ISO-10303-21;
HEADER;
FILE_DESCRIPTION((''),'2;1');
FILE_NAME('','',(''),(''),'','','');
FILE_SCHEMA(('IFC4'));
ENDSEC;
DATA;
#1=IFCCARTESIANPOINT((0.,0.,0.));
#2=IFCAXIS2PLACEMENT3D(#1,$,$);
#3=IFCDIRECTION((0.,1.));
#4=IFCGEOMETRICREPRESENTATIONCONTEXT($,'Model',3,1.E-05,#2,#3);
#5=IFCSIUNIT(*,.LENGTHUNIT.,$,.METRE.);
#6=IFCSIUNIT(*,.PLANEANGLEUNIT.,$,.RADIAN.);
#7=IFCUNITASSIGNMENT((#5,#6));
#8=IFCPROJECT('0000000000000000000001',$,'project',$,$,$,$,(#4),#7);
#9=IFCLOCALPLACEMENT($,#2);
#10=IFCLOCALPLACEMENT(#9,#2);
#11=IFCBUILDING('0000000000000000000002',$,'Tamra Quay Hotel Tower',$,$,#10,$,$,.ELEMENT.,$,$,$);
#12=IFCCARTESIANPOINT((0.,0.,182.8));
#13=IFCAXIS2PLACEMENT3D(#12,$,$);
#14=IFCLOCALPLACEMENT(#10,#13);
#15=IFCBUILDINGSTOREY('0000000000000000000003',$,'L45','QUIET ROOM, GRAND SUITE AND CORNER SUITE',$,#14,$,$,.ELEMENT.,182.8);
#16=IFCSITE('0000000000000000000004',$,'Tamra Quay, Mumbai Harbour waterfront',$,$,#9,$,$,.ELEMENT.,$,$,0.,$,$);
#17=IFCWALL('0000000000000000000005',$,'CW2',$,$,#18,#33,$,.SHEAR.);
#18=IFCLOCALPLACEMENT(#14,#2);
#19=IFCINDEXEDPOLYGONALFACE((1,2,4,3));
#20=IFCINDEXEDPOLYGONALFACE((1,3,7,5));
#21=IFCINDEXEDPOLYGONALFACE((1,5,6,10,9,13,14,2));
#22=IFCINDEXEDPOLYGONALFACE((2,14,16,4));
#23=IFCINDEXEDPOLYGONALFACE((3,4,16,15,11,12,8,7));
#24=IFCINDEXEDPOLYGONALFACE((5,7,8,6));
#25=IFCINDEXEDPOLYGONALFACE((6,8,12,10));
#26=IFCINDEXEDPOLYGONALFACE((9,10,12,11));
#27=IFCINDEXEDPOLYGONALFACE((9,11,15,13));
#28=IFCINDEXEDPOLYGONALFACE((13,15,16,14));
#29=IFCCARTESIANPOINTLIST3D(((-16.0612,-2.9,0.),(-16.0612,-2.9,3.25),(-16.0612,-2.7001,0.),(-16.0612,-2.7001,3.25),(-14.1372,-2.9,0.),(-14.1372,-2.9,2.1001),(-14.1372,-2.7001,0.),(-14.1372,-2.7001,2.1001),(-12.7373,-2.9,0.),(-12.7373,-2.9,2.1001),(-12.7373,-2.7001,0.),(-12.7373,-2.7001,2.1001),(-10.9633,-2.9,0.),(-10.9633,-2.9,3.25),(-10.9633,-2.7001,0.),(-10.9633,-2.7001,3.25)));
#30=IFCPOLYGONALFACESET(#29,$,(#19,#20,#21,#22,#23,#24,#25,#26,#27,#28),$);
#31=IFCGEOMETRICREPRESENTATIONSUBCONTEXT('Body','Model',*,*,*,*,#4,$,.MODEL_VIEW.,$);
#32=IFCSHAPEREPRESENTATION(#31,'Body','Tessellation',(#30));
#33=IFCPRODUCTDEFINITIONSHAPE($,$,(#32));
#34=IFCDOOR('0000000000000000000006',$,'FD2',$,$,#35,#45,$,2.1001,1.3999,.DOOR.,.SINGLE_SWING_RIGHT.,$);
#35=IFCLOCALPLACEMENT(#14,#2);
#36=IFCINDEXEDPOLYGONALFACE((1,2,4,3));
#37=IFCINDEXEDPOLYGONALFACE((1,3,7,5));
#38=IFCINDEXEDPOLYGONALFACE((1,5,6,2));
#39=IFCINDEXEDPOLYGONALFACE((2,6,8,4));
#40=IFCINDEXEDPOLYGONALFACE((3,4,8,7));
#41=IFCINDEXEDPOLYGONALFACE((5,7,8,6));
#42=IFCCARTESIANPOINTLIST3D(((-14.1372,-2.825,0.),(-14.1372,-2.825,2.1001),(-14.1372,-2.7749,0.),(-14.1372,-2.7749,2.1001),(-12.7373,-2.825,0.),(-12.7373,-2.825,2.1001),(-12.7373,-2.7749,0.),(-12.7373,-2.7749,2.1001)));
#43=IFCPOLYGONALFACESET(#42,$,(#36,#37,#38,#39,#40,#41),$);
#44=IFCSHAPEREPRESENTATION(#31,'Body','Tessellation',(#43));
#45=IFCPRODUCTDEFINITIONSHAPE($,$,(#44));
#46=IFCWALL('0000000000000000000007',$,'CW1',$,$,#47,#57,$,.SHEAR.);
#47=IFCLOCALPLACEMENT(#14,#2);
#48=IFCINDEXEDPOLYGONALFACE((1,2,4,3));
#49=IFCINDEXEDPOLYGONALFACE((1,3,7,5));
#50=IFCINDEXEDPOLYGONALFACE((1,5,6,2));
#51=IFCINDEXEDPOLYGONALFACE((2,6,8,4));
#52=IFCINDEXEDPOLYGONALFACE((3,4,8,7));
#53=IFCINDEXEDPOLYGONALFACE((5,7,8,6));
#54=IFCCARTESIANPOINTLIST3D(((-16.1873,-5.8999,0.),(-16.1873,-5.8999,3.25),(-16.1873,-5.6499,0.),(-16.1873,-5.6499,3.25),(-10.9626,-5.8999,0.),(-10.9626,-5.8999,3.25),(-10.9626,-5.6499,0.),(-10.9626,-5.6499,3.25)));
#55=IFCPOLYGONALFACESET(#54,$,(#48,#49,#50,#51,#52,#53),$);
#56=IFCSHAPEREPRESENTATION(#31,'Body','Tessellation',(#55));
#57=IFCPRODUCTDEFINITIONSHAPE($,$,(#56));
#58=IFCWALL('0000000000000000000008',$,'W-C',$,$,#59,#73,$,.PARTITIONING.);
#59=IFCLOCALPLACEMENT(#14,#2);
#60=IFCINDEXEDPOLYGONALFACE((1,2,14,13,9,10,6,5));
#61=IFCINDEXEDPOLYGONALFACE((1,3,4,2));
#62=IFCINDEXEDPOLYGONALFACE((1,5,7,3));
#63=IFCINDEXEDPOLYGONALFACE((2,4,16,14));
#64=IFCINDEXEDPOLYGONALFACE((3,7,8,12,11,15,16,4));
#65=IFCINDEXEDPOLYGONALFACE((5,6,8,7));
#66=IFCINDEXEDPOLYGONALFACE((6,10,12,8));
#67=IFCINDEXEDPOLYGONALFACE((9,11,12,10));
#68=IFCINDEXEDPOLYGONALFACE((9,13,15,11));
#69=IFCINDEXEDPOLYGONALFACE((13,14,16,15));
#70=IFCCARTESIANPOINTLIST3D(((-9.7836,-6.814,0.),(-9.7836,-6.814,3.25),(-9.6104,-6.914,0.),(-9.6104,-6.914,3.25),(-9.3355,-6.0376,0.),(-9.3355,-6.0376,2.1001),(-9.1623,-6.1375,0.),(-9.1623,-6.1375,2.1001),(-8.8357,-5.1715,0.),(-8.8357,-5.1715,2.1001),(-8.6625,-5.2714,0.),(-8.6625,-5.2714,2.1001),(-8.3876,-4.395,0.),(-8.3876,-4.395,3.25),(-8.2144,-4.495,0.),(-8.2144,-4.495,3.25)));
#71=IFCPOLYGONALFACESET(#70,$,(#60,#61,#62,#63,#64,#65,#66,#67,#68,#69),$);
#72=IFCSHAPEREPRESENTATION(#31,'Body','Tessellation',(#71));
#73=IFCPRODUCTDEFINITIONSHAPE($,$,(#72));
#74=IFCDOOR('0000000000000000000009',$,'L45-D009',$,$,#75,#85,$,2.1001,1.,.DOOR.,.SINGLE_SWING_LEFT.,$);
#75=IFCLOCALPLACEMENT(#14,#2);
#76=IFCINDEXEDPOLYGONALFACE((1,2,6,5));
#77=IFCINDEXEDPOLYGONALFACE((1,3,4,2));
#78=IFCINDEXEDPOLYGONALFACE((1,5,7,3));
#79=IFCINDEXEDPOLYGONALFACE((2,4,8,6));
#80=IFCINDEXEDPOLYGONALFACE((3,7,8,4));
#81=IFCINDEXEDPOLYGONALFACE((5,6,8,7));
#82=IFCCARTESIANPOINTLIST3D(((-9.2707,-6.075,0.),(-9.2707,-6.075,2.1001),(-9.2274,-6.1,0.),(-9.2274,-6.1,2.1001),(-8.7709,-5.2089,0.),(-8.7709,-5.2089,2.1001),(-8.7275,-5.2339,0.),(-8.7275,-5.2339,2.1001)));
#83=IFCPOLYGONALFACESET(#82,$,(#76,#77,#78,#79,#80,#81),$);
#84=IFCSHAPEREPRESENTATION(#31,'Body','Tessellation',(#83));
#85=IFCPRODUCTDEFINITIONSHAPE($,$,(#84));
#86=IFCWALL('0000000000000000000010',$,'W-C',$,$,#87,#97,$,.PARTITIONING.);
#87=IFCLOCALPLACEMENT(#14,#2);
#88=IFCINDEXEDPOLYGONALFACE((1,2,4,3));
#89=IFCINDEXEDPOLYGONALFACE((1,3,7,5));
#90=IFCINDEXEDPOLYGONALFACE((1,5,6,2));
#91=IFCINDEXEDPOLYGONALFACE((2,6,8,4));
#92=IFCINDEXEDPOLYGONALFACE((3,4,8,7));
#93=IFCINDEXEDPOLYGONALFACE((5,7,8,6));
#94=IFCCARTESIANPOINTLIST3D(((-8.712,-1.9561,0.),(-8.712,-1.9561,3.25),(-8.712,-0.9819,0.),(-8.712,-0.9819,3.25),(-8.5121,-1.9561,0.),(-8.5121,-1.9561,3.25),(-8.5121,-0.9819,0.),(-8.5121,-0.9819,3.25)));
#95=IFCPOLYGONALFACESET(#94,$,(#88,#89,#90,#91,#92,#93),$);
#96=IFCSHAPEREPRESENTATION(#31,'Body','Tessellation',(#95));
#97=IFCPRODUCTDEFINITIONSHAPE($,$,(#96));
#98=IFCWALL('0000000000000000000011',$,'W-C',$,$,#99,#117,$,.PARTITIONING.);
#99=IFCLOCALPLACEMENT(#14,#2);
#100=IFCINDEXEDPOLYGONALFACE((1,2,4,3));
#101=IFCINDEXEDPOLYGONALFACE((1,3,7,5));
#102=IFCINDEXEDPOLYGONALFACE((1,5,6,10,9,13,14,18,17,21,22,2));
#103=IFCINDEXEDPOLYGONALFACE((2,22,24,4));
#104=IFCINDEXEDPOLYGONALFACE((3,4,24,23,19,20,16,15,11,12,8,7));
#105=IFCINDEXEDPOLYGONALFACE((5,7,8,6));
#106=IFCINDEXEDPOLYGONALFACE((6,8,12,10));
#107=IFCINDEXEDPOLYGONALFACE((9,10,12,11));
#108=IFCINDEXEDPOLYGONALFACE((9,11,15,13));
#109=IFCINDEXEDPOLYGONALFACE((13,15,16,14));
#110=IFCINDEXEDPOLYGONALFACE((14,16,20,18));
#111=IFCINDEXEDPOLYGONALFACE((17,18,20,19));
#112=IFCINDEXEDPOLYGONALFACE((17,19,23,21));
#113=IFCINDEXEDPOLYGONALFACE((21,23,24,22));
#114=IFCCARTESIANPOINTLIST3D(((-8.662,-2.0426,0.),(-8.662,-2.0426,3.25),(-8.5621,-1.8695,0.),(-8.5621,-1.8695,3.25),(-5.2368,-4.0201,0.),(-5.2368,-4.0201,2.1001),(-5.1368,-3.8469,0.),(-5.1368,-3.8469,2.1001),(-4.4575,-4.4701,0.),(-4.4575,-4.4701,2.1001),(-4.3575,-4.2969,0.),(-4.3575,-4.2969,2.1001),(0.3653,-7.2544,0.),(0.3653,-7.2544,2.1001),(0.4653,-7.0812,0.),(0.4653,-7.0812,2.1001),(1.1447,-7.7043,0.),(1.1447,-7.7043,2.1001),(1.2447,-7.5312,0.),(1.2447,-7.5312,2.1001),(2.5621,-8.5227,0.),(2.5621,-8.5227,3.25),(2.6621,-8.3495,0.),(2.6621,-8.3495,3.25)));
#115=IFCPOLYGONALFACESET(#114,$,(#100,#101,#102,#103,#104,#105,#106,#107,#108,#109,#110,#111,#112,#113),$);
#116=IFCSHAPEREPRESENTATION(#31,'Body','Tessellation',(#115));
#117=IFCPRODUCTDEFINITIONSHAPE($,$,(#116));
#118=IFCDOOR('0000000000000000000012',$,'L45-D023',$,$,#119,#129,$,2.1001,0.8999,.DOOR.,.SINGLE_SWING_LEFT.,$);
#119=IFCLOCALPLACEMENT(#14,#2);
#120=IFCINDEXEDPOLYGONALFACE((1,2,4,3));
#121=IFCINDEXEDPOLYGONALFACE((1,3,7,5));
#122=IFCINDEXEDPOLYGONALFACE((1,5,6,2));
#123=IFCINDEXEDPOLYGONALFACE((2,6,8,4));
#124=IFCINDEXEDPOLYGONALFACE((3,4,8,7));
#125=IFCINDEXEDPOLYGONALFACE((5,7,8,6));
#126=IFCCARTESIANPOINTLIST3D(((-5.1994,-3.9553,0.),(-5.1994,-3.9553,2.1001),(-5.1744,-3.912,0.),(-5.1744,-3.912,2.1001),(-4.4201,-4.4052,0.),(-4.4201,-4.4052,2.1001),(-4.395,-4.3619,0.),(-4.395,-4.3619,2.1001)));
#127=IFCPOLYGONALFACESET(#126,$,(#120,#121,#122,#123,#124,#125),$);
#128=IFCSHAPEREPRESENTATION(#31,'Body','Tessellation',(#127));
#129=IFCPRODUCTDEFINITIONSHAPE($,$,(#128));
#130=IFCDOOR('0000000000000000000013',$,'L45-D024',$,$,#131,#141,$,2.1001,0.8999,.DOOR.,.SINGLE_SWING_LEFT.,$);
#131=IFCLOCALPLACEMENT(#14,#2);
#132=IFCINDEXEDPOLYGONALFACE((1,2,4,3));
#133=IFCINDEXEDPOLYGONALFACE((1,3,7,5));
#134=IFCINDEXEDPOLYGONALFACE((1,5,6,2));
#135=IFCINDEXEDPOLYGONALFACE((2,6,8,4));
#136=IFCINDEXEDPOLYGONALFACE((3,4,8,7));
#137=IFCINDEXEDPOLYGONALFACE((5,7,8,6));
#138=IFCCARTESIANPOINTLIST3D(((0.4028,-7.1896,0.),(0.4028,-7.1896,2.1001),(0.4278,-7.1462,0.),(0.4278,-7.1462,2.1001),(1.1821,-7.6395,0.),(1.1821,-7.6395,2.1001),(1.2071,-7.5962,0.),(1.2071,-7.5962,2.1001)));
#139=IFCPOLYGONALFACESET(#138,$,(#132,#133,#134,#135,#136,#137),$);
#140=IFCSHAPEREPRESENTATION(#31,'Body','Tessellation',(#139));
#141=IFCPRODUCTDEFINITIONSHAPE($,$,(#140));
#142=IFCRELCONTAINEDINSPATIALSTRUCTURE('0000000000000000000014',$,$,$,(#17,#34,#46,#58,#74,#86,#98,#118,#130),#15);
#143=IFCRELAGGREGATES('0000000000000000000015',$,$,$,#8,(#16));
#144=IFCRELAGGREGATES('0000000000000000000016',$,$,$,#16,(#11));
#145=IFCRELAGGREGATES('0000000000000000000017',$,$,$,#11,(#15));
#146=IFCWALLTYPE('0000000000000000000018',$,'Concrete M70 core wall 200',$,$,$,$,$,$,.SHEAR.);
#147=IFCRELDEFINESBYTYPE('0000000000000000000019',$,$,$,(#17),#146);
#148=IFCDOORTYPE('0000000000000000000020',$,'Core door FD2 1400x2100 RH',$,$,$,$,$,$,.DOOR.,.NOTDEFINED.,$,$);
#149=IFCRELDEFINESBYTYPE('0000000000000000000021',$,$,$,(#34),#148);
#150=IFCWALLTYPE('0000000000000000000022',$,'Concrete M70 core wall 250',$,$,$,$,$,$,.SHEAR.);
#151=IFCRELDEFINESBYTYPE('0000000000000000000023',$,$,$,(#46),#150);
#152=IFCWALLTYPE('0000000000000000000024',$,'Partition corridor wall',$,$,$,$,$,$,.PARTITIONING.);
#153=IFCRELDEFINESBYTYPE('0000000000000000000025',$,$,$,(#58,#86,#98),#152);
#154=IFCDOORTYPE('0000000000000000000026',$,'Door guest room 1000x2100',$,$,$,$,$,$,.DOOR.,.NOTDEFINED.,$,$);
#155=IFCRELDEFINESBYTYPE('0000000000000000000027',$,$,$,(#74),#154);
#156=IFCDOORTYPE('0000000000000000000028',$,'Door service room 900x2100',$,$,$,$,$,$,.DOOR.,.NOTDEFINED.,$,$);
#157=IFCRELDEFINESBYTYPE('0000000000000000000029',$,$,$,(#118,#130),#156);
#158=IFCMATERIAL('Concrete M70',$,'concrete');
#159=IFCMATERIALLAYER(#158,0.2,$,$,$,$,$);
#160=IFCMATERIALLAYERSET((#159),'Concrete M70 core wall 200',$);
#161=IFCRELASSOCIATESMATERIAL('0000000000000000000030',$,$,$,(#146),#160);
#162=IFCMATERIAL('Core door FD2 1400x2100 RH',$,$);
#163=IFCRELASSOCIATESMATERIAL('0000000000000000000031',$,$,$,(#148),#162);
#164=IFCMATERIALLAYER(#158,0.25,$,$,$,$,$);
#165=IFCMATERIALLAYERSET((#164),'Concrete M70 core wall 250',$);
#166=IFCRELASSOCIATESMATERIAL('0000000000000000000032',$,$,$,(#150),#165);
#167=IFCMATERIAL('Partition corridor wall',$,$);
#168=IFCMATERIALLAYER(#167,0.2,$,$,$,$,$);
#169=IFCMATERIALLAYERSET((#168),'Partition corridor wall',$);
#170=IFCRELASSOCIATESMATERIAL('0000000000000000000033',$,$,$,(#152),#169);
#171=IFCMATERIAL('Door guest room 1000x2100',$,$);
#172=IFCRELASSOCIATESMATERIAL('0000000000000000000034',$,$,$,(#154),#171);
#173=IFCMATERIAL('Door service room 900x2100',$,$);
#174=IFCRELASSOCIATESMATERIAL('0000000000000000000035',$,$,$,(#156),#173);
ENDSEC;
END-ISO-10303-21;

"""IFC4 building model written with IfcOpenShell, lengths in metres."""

from ifc_helpers import new_model, si_unit, direction, frame, frame_2d, origin, place, context, subcontext, project, spatial, rectangle, extrude, material, layer, layer_set, type_object, element, fill, save


model = new_model("IFC4")

# Units and contexts
model_context = context("Model", 3, precision=1e-05, world=origin(), true_north=direction((0.0, 1.0)))
body_context = subcontext(model_context, "Body", "Model", "MODEL_VIEW")
ifc_project = project(units=[si_unit("LENGTHUNIT", "METRE"), si_unit("PLANEANGLEUNIT", "RADIAN")], contexts=[model_context])

# Site, building, storey
site_placement = place(None, origin())
site = spatial("IfcSite", under=ifc_project, at=site_placement, Name="Tamra Quay, Mumbai Harbour waterfront", CompositionType="ELEMENT", RefElevation=0.0)
building_placement = place(site_placement, origin())
building = spatial("IfcBuilding", under=site, at=building_placement, Name="Tamra Quay Hotel Tower", CompositionType="ELEMENT")
storey_placement = place(building_placement, frame((0.0, 0.0, 182.8)))
storey = spatial("IfcBuildingStorey", under=building, at=storey_placement, Name="L45", Description="QUIET ROOM, GRAND SUITE AND CORNER SUITE", CompositionType="ELEMENT", Elevation=182.8)

# Wall, opening, door
ifc_material_1 = material(Name="Concrete M70", Category="concrete")
ifc_layer_1 = layer(ifc_material_1, 0.2)
ifc_layer_set_1 = layer_set([ifc_layer_1], Name="Concrete M70 core wall 200")
wall_type_1 = type_object("IfcWallType", Name="Concrete M70 core wall 200", PredefinedType="SHEAR", material=ifc_layer_set_1)
wall_1_placement = place(storey_placement, frame((-10.9634, -2.8, 0.0), z_axis=(0.0, 0.0, 1.0), x_axis=(-1.0, 0.0, 0.0)))
wall_1 = element("IfcWall", 1, at=wall_1_placement, inside=storey, type_object=wall_type_1, Name="CW2", PredefinedType="SHEAR", context=body_context, shape_type="SweptSolid", body=[
    extrude(rectangle(XDim=5.0979, YDim=0.2, at=frame_2d((2.5488, 0.0))), origin(), (0.0, 0.0, 1.0), 3.25),
])
opening_1_placement = place(wall_1_placement, frame((1.7739, 0.0, 0.0)))
opening_1 = element("IfcOpeningElement", 2, at=opening_1_placement, cuts=wall_1, PredefinedType="OPENING", context=body_context, shape_type="SweptSolid", body=[
    extrude(rectangle(XDim=1.3999, YDim=2.1001, at=frame_2d((0.7, 1.05))), frame((0.0, 0.1099, 0.0), z_axis=(0.0, -1.0, 0.0), x_axis=(1.0, 0.0, 0.0)), (0.0, 0.0, 1.0), 0.22),
])
ifc_material_2 = material(Name="Core door FD2 1400x2100 RH")
door_type_1 = type_object("IfcDoorType", Name="Core door FD2 1400x2100 RH", OperationType="NOTDEFINED", PredefinedType="DOOR", material=ifc_material_2)
door_1_placement = place(opening_1_placement, origin())
door_1 = element("IfcDoor", 3, at=door_1_placement, inside=storey, type_object=door_type_1, Name="FD2", OperationType="SINGLE_SWING_RIGHT", OverallHeight=2.1001, OverallWidth=1.3999, PredefinedType="DOOR", context=body_context, shape_type="SweptSolid", body=[
    extrude(rectangle(XDim=1.3999, YDim=2.1001, at=frame_2d((0.7, 1.05))), frame((0.0, 0.0249, 0.0), z_axis=(0.0, -1.0, 0.0), x_axis=(1.0, 0.0, 0.0)), (0.0, 0.0, 1.0), 0.05),
])
fill(opening_1, door_1)

# Wall
ifc_layer_2 = layer(ifc_material_1, 0.25)
ifc_layer_set_2 = layer_set([ifc_layer_2], Name="Concrete M70 core wall 250")
wall_type_2 = type_object("IfcWallType", Name="Concrete M70 core wall 250", PredefinedType="SHEAR", material=ifc_layer_set_2)
wall_2_placement = place(storey_placement, frame((-10.9626, -5.7749, 0.0), z_axis=(0.0, 0.0, 1.0), x_axis=(-1.0, 0.0, 0.0)))
element("IfcWall", 4, at=wall_2_placement, inside=storey, type_object=wall_type_2, Name="CW1", PredefinedType="SHEAR", context=body_context, shape_type="SweptSolid", body=[
    extrude(rectangle(XDim=5.2246, YDim=0.25, at=frame_2d((2.6123, 0.0))), origin(), (0.0, 0.0, 1.0), 3.25),
])

# Wall, opening, door
ifc_material_3 = material(Name="Partition corridor wall")
ifc_layer_3 = layer(ifc_material_3, 0.2)
ifc_layer_set_3 = layer_set([ifc_layer_3], Name="Partition corridor wall")
wall_type_3 = type_object("IfcWallType", Name="Partition corridor wall", PredefinedType="PARTITIONING", material=ifc_layer_set_3)
wall_3_placement = place(storey_placement, frame((-9.697, -6.864, 0.0), z_axis=(0.0, 0.0, 1.0), x_axis=(0.499844, 0.866116, 0.0)))
wall_3 = element("IfcWall", 5, at=wall_3_placement, inside=storey, type_object=wall_type_3, Name="W-C", PredefinedType="PARTITIONING", context=body_context, shape_type="SweptSolid", body=[
    extrude(rectangle(XDim=2.793, YDim=0.2, at=frame_2d((1.3965, 0.0))), origin(), (0.0, 0.0, 1.0), 3.25),
])
opening_2_placement = place(wall_3_placement, frame((0.8965, 0.0, 0.0)))
opening_2 = element("IfcOpeningElement", 6, at=opening_2_placement, cuts=wall_3, PredefinedType="OPENING", context=body_context, shape_type="SweptSolid", body=[
    extrude(rectangle(XDim=1.0, YDim=2.1001, at=frame_2d((0.5, 1.05))), frame((0.0, 0.1099, 0.0), z_axis=(0.0, -1.0, 0.0), x_axis=(1.0, 0.0, 0.0)), (0.0, 0.0, 1.0), 0.22),
])
ifc_material_4 = material(Name="Door guest room 1000x2100")
door_type_2 = type_object("IfcDoorType", Name="Door guest room 1000x2100", OperationType="NOTDEFINED", PredefinedType="DOOR", material=ifc_material_4)
door_2_placement = place(opening_2_placement, frame((1.0, 0.0, 0.0), z_axis=(0.0, 0.0, 1.0), x_axis=(-1.0, 0.0, 0.0)))
door_2 = element("IfcDoor", 7, at=door_2_placement, inside=storey, type_object=door_type_2, Name="L45-D009", OperationType="SINGLE_SWING_LEFT", OverallHeight=2.1001, OverallWidth=1.0, PredefinedType="DOOR", context=body_context, shape_type="SweptSolid", body=[
    extrude(rectangle(XDim=1.0, YDim=2.1001, at=frame_2d((0.5, 1.05))), frame((0.0, 0.0249, 0.0), z_axis=(0.0, -1.0, 0.0), x_axis=(1.0, 0.0, 0.0)), (0.0, 0.0, 1.0), 0.05),
])
fill(opening_2, door_2)

# Wall
wall_4_placement = place(storey_placement, frame((-8.6121, -1.9561, 0.0), z_axis=(0.0, 0.0, 1.0), x_axis=(0.0, 1.0, 0.0)))
element("IfcWall", 8, at=wall_4_placement, inside=storey, type_object=wall_type_3, Name="W-C", PredefinedType="PARTITIONING", context=body_context, shape_type="SweptSolid", body=[
    extrude(rectangle(XDim=0.9741, YDim=0.2, at=frame_2d((0.4871, 0.0))), origin(), (0.0, 0.0, 1.0), 3.25),
])

# Wall, openings, doors
wall_5_placement = place(storey_placement, frame((-8.6121, -1.9561, 0.0), z_axis=(0.0, 0.0, 1.0), x_axis=(0.866034, -0.499984, 0.0)))
wall_5 = element("IfcWall", 9, at=wall_5_placement, inside=storey, type_object=wall_type_3, Name="W-C", PredefinedType="PARTITIONING", context=body_context, shape_type="SweptSolid", body=[
    extrude(rectangle(XDim=12.9604, YDim=0.2, at=frame_2d((6.4802, 0.0))), origin(), (0.0, 0.0, 1.0), 3.25),
])
opening_3_placement = place(wall_5_placement, frame((3.9551, 0.0, 0.0)))
opening_3 = element("IfcOpeningElement", 10, at=opening_3_placement, cuts=wall_5, PredefinedType="OPENING", context=body_context, shape_type="SweptSolid", body=[
    extrude(rectangle(XDim=0.8999, YDim=2.1001, at=frame_2d((0.45, 1.05))), frame((0.0, 0.1099, 0.0), z_axis=(0.0, -1.0, 0.0), x_axis=(1.0, 0.0, 0.0)), (0.0, 0.0, 1.0), 0.22),
])
opening_4_placement = place(wall_5_placement, frame((10.4238, 0.0, 0.0)))
opening_4 = element("IfcOpeningElement", 11, at=opening_4_placement, cuts=wall_5, PredefinedType="OPENING", context=body_context, shape_type="SweptSolid", body=[
    extrude(rectangle(XDim=0.8999, YDim=2.1001, at=frame_2d((0.45, 1.05))), frame((0.0, 0.1099, 0.0), z_axis=(0.0, -1.0, 0.0), x_axis=(1.0, 0.0, 0.0)), (0.0, 0.0, 1.0), 0.22),
])
ifc_material_5 = material(Name="Door service room 900x2100")
door_type_3 = type_object("IfcDoorType", Name="Door service room 900x2100", OperationType="NOTDEFINED", PredefinedType="DOOR", material=ifc_material_5)
door_3_placement = place(opening_3_placement, origin())
door_3 = element("IfcDoor", 12, at=door_3_placement, inside=storey, type_object=door_type_3, Name="L45-D023", OperationType="SINGLE_SWING_LEFT", OverallHeight=2.1001, OverallWidth=0.8999, PredefinedType="DOOR", context=body_context, shape_type="SweptSolid", body=[
    extrude(rectangle(XDim=0.8999, YDim=2.1001, at=frame_2d((0.45, 1.05))), frame((0.0, 0.0249, 0.0), z_axis=(0.0, -1.0, 0.0), x_axis=(1.0, 0.0, 0.0)), (0.0, 0.0, 1.0), 0.05),
])
fill(opening_3, door_3)
door_4_placement = place(opening_4_placement, origin())
door_4 = element("IfcDoor", 13, at=door_4_placement, inside=storey, type_object=door_type_3, Name="L45-D024", OperationType="SINGLE_SWING_LEFT", OverallHeight=2.1001, OverallWidth=0.8999, PredefinedType="DOOR", context=body_context, shape_type="SweptSolid", body=[
    extrude(rectangle(XDim=0.8999, YDim=2.1001, at=frame_2d((0.45, 1.05))), frame((0.0, 0.0249, 0.0), z_axis=(0.0, -1.0, 0.0), x_axis=(1.0, 0.0, 0.0)), (0.0, 0.0, 1.0), 0.05),
])
fill(opening_4, door_4)

save(model, "model.ifc")
